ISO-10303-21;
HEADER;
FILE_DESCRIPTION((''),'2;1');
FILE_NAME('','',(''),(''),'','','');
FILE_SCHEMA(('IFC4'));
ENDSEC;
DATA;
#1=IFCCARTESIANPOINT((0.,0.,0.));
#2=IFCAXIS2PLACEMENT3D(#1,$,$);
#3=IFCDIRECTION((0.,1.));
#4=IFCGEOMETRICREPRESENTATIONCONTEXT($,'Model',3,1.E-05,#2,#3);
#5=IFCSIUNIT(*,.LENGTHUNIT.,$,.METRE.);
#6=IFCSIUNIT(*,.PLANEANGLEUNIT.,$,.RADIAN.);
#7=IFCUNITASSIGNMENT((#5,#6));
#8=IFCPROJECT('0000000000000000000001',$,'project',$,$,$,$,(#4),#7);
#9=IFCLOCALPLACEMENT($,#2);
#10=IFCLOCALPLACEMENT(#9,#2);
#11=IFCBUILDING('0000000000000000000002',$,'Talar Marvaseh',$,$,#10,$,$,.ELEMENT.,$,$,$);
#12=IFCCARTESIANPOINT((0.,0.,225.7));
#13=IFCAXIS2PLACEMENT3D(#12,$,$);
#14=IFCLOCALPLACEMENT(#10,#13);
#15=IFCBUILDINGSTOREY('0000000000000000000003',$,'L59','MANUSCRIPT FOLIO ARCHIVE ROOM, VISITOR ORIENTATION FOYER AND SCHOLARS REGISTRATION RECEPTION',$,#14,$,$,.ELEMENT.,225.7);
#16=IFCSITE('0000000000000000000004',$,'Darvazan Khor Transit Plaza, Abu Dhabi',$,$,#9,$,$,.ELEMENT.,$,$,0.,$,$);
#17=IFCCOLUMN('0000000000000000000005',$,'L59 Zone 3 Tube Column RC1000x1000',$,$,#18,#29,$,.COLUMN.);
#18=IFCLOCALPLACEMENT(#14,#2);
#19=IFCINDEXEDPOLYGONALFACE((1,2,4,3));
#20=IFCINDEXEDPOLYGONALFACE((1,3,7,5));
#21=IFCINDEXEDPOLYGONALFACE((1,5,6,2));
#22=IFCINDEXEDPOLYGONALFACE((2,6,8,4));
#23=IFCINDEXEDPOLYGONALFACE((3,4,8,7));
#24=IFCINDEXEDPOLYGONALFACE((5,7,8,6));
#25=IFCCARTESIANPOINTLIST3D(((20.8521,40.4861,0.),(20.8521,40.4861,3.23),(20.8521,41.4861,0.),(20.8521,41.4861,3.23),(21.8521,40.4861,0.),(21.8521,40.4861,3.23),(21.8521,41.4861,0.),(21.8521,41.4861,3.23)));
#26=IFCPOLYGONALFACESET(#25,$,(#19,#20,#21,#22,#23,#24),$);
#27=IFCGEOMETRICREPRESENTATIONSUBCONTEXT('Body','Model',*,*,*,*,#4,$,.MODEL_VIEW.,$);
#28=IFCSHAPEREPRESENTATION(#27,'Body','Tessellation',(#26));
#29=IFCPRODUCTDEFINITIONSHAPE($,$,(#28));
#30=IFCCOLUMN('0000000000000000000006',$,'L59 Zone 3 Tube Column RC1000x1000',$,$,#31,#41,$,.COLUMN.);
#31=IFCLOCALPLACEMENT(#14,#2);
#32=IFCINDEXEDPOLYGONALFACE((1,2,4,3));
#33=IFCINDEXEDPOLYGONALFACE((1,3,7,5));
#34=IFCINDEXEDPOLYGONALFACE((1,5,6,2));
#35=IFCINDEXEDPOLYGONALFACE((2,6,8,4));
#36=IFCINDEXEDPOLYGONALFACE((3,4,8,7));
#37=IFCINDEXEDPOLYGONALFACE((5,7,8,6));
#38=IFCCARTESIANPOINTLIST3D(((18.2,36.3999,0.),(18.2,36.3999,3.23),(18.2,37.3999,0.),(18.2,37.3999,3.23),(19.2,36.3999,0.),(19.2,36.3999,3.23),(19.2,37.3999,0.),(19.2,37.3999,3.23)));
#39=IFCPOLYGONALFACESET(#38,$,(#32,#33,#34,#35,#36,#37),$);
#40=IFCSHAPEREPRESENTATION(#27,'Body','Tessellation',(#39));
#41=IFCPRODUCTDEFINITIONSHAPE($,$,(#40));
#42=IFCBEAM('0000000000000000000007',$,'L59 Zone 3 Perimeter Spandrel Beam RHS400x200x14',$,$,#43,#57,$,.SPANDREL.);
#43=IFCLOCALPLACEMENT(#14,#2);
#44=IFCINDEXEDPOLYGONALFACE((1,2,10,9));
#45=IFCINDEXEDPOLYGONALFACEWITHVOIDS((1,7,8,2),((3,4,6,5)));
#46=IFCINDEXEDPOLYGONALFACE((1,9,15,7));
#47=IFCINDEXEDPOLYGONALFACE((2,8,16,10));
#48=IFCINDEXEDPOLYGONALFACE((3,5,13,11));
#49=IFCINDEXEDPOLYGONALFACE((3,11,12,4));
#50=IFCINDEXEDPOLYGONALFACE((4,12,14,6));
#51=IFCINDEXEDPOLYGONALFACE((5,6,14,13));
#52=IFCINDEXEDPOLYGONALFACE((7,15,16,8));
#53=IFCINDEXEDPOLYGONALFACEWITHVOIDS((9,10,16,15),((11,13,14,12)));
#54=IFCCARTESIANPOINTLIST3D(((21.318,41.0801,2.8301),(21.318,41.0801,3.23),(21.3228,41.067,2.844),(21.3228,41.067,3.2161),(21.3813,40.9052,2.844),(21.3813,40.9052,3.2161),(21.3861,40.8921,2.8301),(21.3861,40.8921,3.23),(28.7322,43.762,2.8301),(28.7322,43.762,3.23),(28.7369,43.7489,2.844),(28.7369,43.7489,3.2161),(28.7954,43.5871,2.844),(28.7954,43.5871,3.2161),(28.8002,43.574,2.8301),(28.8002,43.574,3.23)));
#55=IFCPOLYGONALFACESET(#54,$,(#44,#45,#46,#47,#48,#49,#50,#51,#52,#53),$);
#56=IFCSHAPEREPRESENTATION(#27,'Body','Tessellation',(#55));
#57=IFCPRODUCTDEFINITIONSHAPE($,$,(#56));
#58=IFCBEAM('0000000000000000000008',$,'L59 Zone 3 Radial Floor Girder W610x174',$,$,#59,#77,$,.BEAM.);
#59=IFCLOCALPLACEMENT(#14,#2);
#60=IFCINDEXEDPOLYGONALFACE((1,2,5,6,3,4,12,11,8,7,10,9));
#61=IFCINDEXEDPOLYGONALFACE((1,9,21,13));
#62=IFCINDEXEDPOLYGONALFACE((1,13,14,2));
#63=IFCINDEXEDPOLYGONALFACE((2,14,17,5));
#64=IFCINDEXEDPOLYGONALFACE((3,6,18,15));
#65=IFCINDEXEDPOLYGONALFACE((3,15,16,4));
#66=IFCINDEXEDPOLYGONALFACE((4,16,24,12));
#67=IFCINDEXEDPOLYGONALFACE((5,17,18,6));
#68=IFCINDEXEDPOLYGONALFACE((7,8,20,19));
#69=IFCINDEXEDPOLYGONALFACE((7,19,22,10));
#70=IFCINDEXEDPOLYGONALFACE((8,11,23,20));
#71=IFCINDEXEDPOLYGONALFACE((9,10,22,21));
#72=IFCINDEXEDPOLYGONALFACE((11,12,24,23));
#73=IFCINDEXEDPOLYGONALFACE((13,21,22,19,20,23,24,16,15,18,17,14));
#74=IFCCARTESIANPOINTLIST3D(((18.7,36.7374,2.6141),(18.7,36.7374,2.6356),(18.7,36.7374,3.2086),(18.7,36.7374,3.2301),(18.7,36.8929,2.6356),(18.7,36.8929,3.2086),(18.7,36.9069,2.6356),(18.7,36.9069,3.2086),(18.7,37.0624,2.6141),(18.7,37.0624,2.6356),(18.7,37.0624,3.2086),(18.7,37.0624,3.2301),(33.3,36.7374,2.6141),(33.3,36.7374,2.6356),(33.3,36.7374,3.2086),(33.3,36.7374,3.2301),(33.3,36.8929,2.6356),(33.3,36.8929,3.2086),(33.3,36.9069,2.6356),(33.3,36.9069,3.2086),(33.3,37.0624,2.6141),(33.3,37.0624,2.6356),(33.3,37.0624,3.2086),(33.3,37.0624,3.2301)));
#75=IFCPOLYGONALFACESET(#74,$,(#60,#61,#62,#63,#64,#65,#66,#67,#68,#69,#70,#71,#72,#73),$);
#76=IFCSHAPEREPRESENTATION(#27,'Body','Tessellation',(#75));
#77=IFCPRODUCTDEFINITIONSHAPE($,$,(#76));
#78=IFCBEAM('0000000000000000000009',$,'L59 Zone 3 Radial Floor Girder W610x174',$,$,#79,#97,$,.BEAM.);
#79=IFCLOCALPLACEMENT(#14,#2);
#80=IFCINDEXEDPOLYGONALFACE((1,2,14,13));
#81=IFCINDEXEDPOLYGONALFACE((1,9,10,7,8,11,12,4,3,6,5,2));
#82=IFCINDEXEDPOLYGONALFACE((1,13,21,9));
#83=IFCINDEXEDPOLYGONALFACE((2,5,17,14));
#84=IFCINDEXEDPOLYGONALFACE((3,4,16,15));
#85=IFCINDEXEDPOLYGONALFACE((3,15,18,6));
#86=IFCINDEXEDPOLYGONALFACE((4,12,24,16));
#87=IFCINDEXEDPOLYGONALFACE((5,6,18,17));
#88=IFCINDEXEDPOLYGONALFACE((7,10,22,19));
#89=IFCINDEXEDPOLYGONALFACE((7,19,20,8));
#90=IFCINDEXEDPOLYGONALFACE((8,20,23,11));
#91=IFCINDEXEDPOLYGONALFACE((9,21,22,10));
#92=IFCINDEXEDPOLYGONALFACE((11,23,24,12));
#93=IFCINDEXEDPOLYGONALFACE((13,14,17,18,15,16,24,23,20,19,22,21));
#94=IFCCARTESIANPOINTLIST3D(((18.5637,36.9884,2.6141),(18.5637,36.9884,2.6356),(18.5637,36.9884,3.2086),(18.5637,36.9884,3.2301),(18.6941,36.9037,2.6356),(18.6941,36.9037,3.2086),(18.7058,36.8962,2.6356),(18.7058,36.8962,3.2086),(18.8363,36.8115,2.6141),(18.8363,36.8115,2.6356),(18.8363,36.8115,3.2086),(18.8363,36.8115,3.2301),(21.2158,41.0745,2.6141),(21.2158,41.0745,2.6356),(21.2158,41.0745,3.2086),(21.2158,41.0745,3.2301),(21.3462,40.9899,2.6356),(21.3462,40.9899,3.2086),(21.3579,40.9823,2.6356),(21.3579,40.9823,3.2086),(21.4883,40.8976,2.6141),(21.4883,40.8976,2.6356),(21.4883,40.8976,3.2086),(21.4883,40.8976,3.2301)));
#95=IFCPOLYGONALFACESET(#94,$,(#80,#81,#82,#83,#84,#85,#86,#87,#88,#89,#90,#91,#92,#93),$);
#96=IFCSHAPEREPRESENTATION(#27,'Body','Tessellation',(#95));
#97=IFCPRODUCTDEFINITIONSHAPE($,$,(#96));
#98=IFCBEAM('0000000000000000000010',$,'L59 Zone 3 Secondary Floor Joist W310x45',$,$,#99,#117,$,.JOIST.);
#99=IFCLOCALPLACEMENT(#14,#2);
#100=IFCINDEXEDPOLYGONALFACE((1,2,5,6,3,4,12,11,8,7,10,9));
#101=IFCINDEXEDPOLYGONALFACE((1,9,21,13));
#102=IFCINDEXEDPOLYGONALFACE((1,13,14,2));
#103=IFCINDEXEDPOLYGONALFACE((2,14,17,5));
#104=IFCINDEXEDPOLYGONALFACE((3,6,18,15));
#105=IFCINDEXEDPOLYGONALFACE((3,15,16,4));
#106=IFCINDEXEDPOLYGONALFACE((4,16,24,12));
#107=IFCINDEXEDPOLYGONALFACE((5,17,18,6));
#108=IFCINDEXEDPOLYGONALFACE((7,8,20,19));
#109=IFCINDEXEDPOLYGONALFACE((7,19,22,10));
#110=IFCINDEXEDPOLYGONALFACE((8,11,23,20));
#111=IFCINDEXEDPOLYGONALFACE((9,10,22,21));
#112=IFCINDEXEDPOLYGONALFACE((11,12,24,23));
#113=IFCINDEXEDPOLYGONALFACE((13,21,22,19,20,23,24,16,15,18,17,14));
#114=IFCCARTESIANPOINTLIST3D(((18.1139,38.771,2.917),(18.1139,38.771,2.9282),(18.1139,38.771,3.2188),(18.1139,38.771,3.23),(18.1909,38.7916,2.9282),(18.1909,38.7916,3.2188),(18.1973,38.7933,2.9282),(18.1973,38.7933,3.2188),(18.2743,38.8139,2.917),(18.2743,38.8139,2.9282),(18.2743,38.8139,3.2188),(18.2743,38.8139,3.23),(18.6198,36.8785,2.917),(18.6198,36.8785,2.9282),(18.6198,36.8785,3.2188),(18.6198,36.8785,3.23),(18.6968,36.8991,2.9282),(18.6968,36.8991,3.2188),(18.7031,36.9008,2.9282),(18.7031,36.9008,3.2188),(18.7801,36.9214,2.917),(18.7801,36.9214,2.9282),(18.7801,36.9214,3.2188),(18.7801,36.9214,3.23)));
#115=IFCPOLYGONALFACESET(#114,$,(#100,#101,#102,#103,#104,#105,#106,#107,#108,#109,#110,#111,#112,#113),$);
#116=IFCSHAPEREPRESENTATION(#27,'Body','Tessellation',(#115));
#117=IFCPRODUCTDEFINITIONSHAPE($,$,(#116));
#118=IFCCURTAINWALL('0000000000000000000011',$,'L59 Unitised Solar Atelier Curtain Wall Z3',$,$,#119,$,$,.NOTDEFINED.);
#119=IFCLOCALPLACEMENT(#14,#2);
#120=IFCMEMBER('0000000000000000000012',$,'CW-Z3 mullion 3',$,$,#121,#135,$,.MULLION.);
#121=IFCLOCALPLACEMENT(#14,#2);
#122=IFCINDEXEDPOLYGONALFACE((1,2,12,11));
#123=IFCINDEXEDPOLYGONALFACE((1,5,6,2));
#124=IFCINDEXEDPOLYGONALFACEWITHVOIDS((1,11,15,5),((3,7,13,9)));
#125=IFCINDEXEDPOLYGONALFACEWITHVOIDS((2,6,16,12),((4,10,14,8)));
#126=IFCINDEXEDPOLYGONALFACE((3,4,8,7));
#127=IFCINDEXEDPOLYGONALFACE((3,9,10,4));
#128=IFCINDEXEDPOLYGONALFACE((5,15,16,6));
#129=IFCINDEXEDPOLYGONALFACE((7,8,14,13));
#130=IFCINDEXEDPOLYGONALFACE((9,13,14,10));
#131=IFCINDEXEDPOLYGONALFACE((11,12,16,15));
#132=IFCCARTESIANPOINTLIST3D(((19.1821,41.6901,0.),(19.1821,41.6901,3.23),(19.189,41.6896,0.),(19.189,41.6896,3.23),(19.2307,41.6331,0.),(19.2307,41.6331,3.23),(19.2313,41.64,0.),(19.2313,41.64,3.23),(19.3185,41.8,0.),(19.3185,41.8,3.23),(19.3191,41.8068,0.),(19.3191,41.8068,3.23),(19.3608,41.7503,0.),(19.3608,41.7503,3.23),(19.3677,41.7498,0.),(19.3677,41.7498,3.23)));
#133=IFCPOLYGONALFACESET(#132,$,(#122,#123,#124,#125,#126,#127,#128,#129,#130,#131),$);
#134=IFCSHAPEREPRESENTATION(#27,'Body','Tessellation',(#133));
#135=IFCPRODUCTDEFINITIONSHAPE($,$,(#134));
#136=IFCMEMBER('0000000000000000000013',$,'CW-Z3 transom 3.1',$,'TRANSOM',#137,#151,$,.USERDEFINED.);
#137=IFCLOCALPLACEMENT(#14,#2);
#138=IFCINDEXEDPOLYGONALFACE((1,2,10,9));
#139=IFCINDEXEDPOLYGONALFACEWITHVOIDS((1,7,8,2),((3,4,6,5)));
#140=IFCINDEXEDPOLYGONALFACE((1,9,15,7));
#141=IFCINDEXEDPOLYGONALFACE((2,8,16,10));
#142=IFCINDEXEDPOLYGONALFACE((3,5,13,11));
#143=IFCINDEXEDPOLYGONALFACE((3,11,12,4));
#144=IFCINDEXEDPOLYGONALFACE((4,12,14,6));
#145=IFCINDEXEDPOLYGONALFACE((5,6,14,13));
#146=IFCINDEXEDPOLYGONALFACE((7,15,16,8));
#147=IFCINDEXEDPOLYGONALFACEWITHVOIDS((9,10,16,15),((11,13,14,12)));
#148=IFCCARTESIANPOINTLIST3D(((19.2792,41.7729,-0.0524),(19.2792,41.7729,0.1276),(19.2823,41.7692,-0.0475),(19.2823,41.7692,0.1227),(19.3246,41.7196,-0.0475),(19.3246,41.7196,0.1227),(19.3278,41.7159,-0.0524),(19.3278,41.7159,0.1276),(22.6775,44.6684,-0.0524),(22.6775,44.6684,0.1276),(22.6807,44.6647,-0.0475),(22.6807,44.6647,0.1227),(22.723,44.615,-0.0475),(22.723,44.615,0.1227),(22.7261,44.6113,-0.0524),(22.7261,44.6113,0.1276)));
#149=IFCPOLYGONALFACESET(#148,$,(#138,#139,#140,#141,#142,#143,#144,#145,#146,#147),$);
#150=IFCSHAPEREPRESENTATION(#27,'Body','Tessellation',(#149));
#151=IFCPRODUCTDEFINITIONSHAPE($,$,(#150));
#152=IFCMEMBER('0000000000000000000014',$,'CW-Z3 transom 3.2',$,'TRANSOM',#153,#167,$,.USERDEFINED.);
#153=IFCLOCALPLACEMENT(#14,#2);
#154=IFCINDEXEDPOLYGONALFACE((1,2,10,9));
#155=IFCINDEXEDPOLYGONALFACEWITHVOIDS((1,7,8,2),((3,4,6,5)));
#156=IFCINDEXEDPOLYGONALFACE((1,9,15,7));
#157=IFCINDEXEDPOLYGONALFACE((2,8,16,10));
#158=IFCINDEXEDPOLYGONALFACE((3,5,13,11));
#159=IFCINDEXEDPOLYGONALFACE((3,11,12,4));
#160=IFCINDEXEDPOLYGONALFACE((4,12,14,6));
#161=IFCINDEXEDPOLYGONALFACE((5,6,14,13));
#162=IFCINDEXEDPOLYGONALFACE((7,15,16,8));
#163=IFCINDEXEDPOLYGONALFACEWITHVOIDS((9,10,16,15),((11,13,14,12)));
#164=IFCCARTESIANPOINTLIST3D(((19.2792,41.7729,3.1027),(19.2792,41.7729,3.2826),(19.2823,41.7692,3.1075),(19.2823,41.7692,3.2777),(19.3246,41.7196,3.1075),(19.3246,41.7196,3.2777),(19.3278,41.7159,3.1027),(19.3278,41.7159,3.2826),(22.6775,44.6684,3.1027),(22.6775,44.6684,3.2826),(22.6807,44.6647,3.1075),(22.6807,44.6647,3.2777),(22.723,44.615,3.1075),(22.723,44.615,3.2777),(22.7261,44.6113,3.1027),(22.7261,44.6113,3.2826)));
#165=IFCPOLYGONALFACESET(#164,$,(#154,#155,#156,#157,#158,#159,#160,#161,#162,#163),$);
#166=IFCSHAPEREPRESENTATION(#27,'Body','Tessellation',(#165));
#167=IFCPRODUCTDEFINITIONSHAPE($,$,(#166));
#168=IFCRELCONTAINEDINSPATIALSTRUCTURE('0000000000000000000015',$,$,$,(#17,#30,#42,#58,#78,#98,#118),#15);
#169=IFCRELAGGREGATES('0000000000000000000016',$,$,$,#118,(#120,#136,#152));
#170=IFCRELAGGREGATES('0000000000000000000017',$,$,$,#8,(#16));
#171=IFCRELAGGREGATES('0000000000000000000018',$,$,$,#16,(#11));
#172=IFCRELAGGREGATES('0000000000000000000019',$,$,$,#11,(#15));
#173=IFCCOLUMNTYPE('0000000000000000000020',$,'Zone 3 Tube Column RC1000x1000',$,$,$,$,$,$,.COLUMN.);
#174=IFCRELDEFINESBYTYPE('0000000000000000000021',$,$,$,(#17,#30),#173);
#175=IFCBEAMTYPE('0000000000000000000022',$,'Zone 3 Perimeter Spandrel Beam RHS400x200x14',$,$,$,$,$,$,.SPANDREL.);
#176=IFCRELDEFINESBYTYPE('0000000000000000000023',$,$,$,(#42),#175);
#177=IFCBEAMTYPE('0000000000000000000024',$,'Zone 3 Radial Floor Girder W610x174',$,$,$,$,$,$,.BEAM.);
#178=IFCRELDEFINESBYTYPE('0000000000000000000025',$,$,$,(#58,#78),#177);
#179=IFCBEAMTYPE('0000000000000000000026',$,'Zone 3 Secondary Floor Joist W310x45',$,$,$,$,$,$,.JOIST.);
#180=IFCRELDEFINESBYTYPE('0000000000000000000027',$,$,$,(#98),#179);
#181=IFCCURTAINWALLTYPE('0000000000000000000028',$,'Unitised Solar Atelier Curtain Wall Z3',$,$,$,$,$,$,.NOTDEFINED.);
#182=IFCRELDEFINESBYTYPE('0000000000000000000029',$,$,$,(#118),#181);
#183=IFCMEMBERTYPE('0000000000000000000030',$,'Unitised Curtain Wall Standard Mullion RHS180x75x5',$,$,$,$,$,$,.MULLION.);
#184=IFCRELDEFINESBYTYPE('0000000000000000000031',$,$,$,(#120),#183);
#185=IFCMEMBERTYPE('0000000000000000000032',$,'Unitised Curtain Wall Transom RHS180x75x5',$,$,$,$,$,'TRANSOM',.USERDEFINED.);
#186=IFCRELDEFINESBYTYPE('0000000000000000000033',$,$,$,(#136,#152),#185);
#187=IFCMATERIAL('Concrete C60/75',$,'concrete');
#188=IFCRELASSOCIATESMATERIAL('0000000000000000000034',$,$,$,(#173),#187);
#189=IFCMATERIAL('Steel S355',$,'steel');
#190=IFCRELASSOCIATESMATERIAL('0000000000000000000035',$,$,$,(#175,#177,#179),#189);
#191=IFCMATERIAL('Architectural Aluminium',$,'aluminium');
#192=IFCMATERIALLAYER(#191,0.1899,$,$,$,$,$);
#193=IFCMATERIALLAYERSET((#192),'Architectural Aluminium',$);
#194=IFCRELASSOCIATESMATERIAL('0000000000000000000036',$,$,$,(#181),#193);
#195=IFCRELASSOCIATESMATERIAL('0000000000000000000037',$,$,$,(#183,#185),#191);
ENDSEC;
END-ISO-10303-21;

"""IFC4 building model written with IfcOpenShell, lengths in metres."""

from ifc_helpers import new_model, si_unit, direction, frame, origin, origin_2d, place, context, subcontext, project, spatial, rectangle, hollow_rectangle, i_section, extrude, source, transform, mapped, material, layer, layer_set, material_profile, profile_set, type_object, type_shapes, element, aggregate, save


model = new_model("IFC4")

# Units and contexts
model_context = context("Model", 3, precision=1e-05, world=origin(), true_north=direction((0.0, 1.0)))
body_context = subcontext(model_context, "Body", "Model", "MODEL_VIEW")
ifc_project = project(units=[si_unit("LENGTHUNIT", "METRE"), si_unit("PLANEANGLEUNIT", "RADIAN")], contexts=[model_context])

# Site, building, storey
site_placement = place(None, origin())
site = spatial("IfcSite", under=ifc_project, at=site_placement, Name="Darvazan Khor Transit Plaza, Abu Dhabi", CompositionType="ELEMENT", RefElevation=0.0)
building_placement = place(site_placement, origin())
building = spatial("IfcBuilding", under=site, at=building_placement, Name="Talar Marvaseh", CompositionType="ELEMENT")
storey_placement = place(building_placement, frame((0.0, 0.0, 225.7)))
storey = spatial("IfcBuildingStorey", under=building, at=storey_placement, Name="L59", Description="MANUSCRIPT FOLIO ARCHIVE ROOM, VISITOR ORIENTATION FOYER AND SCHOLARS REGISTRATION RECEPTION", CompositionType="ELEMENT", Elevation=225.7)

# Columns
ifc_material_1 = material(Name="Concrete C60/75", Category="concrete")
ifc_material_profile_1 = material_profile(ifc_material_1, rectangle(XDim=1.0, YDim=1.0, at=origin_2d()), Name="RC1000x1000")
ifc_profile_set_1 = profile_set([ifc_material_profile_1], Name="Concrete C60/75")
column_type = type_object("IfcColumnType", Name="Zone 3 Tube Column RC1000x1000", PredefinedType="COLUMN", material=ifc_profile_set_1)
for number, where, z_axis, x_axis, name in (
    (1, (21.3521, 40.9861, 0.0), (0.0, 0.0, 1.0), (1.0, 0.0, 0.0), "L59 Zone 3 Tube Column RC1000x1000"),
    (2, (18.7, 36.8999, 0.0), (0.0, 0.0, 1.0), (1.0, 0.0, 0.0), "L59 Zone 3 Tube Column RC1000x1000"),
):
    element("IfcColumn", number, at=place(storey_placement, frame(where, z_axis=z_axis, x_axis=x_axis)), inside=storey, type_object=column_type, Name=name, PredefinedType="COLUMN", context=body_context, shape_type="SweptSolid", body=[
        extrude(rectangle(XDim=1.0, YDim=1.0, at=origin_2d()), origin(), (0.0, 0.0, 1.0), 3.23),
    ])

# Beams
ifc_material_2 = material(Name="Steel S355", Category="steel")
ifc_material_profile_2 = material_profile(ifc_material_2, hollow_rectangle(XDim=0.2, YDim=0.3999, WallThickness=0.0139, at=origin_2d()), Name="RHS400x200x14")
ifc_profile_set_2 = profile_set([ifc_material_profile_2], Name="Steel S355")
beam_type_1 = type_object("IfcBeamType", Name="Zone 3 Perimeter Spandrel Beam RHS400x200x14", PredefinedType="SPANDREL", material=ifc_profile_set_2)
beam_1_placement = place(storey_placement, frame((21.3521, 40.9861, 3.03), z_axis=(0.940368, 0.340159, 0.0), x_axis=(-0.340159, 0.940368, 0.0)))
element("IfcBeam", 3, at=beam_1_placement, inside=storey, type_object=beam_type_1, Name="L59 Zone 3 Perimeter Spandrel Beam RHS400x200x14", PredefinedType="SPANDREL", context=body_context, shape_type="SweptSolid", body=[
    extrude(hollow_rectangle(XDim=0.2, YDim=0.3999, WallThickness=0.0139, at=origin_2d()), origin(), (0.0, 0.0, 1.0), 7.8843),
])
ifc_material_profile_3 = material_profile(ifc_material_2, i_section(OverallWidth=0.325, OverallDepth=0.616, WebThickness=0.0139, FlangeThickness=0.0215, at=origin_2d()), Name="W610x174")
ifc_profile_set_3 = profile_set([ifc_material_profile_3], Name="Steel S355")
beam_type_2 = type_object("IfcBeamType", Name="Zone 3 Radial Floor Girder W610x174", PredefinedType="BEAM", material=ifc_profile_set_3)
beam_2_placement = place(storey_placement, frame((18.7, 36.8999, 2.9221), z_axis=(1.0, 0.0, 0.0), x_axis=(0.0, 1.0, 0.0)))
element("IfcBeam", 4, at=beam_2_placement, inside=storey, type_object=beam_type_2, Name="L59 Zone 3 Radial Floor Girder W610x174", PredefinedType="BEAM", context=body_context, shape_type="SweptSolid", body=[
    extrude(i_section(OverallWidth=0.325, OverallDepth=0.616, WebThickness=0.0139, FlangeThickness=0.0215, at=origin_2d()), origin(), (0.0, 0.0, 1.0), 14.6001),
])
beam_3_placement = place(storey_placement, frame((21.3521, 40.9861, 2.9221), z_axis=(-0.544423, -0.838811, 0.0), x_axis=(0.838811, -0.544423, 0.0)))
element("IfcBeam", 5, at=beam_3_placement, inside=storey, type_object=beam_type_2, Name="L59 Zone 3 Radial Floor Girder W610x174", PredefinedType="BEAM", context=body_context, shape_type="SweptSolid", body=[
    extrude(i_section(OverallWidth=0.325, OverallDepth=0.616, WebThickness=0.0139, FlangeThickness=0.0215, at=origin_2d()), origin(), (0.0, 0.0, 1.0), 4.8713),
])
ifc_material_profile_4 = material_profile(ifc_material_2, i_section(OverallWidth=0.166, OverallDepth=0.313, WebThickness=0.0066, FlangeThickness=0.0112, at=origin_2d()), Name="W310x45")
ifc_profile_set_4 = profile_set([ifc_material_profile_4], Name="Steel S355")
beam_type_3 = type_object("IfcBeamType", Name="Zone 3 Secondary Floor Joist W310x45", PredefinedType="JOIST", material=ifc_profile_set_4)
beam_4_placement = place(storey_placement, frame((18.1941, 38.7925, 3.0735), z_axis=(0.258221, -0.966086, 0.0), x_axis=(0.966086, 0.258221, 0.0)))
element("IfcBeam", 6, at=beam_4_placement, inside=storey, type_object=beam_type_3, Name="L59 Zone 3 Secondary Floor Joist W310x45", PredefinedType="JOIST", context=body_context, shape_type="SweptSolid", body=[
    extrude(i_section(OverallWidth=0.166, OverallDepth=0.313, WebThickness=0.0066, FlangeThickness=0.0112, at=origin_2d()), origin(), (0.0, 0.0, 1.0), 1.959),
])

# Curtain wall, members
ifc_material_3 = material(Name="Architectural Aluminium", Category="aluminium")
ifc_layer_1 = layer(ifc_material_3, 0.1899)
ifc_layer_set_1 = layer_set([ifc_layer_1], Name="Architectural Aluminium")
curtain_wall_type = type_object("IfcCurtainWallType", Name="Unitised Solar Atelier Curtain Wall Z3", PredefinedType="NOTDEFINED", material=ifc_layer_set_1)
curtain_wall_placement = place(storey_placement, origin())
curtain_wall = element("IfcCurtainWall", 7, at=curtain_wall_placement, inside=storey, type_object=curtain_wall_type, Name="L59 Unitised Solar Atelier Curtain Wall Z3", PredefinedType="NOTDEFINED")
ifc_material_profile_5 = material_profile(ifc_material_3, hollow_rectangle(XDim=0.075, YDim=0.1799, WallThickness=0.0049, at=origin_2d()), Name="RHS180x75x5")
ifc_profile_set_5 = profile_set([ifc_material_profile_5], Name="Architectural Aluminium")
member_type_1 = type_object("IfcMemberType", Name="Unitised Curtain Wall Standard Mullion RHS180x75x5", PredefinedType="MULLION", material=ifc_profile_set_5)
shared_shape_1 = source(origin(), body_context, "Body", "SweptSolid", [
    extrude(hollow_rectangle(XDim=0.075, YDim=0.1799, WallThickness=0.0049, at=origin_2d()), origin(), (0.0, 0.0, 1.0), 3.23),
])
type_shapes(member_type_1, [shared_shape_1])
member_1_placement = place(storey_placement, frame((19.2749, 41.72, 0.0), z_axis=(0.0, 0.0, 1.0), x_axis=(-0.648546, 0.761176, 0.0)))
member_1 = element("IfcMember", 8, at=member_1_placement, type_object=member_type_1, Name="CW-Z3 mullion 3", PredefinedType="MULLION", context=body_context, shape_type="MappedRepresentation", body=[
    mapped(shared_shape_1, transform((0.0, 0.0, 0.0), x_axis=(1.0, 0.0, 0.0), y_axis=(0.0, 1.0, 0.0), z_axis=(0.0, 0.0, 1.0), scale=1.0)),
])
ifc_material_profile_6 = material_profile(ifc_material_3, hollow_rectangle(XDim=0.075, YDim=0.1799, WallThickness=0.0049, at=origin_2d()), Name="RHS180x75x5")
ifc_profile_set_6 = profile_set([ifc_material_profile_6], Name="Architectural Aluminium")
member_type_2 = type_object("IfcMemberType", Name="Unitised Curtain Wall Transom RHS180x75x5", ElementType="TRANSOM", PredefinedType="USERDEFINED", material=ifc_profile_set_6)
shared_shape_2 = source(origin(), body_context, "Body", "SweptSolid", [
    extrude(hollow_rectangle(XDim=0.075, YDim=0.1799, WallThickness=0.0049, at=origin_2d()), origin(), (0.0, 0.0, 1.0), 4.4646),
])
type_shapes(member_type_2, [shared_shape_2])
member_2_placement = place(storey_placement, frame((19.3035, 41.7444, 0.0376), z_axis=(0.761183, 0.648537, 0.0), x_axis=(-0.648537, 0.761183, 0.0)))
member_2 = element("IfcMember", 9, at=member_2_placement, type_object=member_type_2, Name="CW-Z3 transom 3.1", ObjectType="TRANSOM", PredefinedType="USERDEFINED", context=body_context, shape_type="MappedRepresentation", body=[
    mapped(shared_shape_2, transform((0.0, 0.0, 0.0), x_axis=(1.0, 0.0, 0.0), y_axis=(0.0, 1.0, 0.0), z_axis=(0.0, 0.0, 1.0), scale=1.0)),
])
member_3_placement = place(storey_placement, frame((19.3035, 41.7444, 3.1926), z_axis=(0.761183, 0.648537, 0.0), x_axis=(-0.648537, 0.761183, 0.0)))
member_3 = element("IfcMember", 10, at=member_3_placement, type_object=member_type_2, Name="CW-Z3 transom 3.2", ObjectType="TRANSOM", PredefinedType="USERDEFINED", context=body_context, shape_type="MappedRepresentation", body=[
    mapped(shared_shape_2, transform((0.0, 0.0, 0.0), x_axis=(1.0, 0.0, 0.0), y_axis=(0.0, 1.0, 0.0), z_axis=(0.0, 0.0, 1.0), scale=1.0)),
])
aggregate(curtain_wall, [member_1, member_2, member_3])

save(model, "model.ifc")
